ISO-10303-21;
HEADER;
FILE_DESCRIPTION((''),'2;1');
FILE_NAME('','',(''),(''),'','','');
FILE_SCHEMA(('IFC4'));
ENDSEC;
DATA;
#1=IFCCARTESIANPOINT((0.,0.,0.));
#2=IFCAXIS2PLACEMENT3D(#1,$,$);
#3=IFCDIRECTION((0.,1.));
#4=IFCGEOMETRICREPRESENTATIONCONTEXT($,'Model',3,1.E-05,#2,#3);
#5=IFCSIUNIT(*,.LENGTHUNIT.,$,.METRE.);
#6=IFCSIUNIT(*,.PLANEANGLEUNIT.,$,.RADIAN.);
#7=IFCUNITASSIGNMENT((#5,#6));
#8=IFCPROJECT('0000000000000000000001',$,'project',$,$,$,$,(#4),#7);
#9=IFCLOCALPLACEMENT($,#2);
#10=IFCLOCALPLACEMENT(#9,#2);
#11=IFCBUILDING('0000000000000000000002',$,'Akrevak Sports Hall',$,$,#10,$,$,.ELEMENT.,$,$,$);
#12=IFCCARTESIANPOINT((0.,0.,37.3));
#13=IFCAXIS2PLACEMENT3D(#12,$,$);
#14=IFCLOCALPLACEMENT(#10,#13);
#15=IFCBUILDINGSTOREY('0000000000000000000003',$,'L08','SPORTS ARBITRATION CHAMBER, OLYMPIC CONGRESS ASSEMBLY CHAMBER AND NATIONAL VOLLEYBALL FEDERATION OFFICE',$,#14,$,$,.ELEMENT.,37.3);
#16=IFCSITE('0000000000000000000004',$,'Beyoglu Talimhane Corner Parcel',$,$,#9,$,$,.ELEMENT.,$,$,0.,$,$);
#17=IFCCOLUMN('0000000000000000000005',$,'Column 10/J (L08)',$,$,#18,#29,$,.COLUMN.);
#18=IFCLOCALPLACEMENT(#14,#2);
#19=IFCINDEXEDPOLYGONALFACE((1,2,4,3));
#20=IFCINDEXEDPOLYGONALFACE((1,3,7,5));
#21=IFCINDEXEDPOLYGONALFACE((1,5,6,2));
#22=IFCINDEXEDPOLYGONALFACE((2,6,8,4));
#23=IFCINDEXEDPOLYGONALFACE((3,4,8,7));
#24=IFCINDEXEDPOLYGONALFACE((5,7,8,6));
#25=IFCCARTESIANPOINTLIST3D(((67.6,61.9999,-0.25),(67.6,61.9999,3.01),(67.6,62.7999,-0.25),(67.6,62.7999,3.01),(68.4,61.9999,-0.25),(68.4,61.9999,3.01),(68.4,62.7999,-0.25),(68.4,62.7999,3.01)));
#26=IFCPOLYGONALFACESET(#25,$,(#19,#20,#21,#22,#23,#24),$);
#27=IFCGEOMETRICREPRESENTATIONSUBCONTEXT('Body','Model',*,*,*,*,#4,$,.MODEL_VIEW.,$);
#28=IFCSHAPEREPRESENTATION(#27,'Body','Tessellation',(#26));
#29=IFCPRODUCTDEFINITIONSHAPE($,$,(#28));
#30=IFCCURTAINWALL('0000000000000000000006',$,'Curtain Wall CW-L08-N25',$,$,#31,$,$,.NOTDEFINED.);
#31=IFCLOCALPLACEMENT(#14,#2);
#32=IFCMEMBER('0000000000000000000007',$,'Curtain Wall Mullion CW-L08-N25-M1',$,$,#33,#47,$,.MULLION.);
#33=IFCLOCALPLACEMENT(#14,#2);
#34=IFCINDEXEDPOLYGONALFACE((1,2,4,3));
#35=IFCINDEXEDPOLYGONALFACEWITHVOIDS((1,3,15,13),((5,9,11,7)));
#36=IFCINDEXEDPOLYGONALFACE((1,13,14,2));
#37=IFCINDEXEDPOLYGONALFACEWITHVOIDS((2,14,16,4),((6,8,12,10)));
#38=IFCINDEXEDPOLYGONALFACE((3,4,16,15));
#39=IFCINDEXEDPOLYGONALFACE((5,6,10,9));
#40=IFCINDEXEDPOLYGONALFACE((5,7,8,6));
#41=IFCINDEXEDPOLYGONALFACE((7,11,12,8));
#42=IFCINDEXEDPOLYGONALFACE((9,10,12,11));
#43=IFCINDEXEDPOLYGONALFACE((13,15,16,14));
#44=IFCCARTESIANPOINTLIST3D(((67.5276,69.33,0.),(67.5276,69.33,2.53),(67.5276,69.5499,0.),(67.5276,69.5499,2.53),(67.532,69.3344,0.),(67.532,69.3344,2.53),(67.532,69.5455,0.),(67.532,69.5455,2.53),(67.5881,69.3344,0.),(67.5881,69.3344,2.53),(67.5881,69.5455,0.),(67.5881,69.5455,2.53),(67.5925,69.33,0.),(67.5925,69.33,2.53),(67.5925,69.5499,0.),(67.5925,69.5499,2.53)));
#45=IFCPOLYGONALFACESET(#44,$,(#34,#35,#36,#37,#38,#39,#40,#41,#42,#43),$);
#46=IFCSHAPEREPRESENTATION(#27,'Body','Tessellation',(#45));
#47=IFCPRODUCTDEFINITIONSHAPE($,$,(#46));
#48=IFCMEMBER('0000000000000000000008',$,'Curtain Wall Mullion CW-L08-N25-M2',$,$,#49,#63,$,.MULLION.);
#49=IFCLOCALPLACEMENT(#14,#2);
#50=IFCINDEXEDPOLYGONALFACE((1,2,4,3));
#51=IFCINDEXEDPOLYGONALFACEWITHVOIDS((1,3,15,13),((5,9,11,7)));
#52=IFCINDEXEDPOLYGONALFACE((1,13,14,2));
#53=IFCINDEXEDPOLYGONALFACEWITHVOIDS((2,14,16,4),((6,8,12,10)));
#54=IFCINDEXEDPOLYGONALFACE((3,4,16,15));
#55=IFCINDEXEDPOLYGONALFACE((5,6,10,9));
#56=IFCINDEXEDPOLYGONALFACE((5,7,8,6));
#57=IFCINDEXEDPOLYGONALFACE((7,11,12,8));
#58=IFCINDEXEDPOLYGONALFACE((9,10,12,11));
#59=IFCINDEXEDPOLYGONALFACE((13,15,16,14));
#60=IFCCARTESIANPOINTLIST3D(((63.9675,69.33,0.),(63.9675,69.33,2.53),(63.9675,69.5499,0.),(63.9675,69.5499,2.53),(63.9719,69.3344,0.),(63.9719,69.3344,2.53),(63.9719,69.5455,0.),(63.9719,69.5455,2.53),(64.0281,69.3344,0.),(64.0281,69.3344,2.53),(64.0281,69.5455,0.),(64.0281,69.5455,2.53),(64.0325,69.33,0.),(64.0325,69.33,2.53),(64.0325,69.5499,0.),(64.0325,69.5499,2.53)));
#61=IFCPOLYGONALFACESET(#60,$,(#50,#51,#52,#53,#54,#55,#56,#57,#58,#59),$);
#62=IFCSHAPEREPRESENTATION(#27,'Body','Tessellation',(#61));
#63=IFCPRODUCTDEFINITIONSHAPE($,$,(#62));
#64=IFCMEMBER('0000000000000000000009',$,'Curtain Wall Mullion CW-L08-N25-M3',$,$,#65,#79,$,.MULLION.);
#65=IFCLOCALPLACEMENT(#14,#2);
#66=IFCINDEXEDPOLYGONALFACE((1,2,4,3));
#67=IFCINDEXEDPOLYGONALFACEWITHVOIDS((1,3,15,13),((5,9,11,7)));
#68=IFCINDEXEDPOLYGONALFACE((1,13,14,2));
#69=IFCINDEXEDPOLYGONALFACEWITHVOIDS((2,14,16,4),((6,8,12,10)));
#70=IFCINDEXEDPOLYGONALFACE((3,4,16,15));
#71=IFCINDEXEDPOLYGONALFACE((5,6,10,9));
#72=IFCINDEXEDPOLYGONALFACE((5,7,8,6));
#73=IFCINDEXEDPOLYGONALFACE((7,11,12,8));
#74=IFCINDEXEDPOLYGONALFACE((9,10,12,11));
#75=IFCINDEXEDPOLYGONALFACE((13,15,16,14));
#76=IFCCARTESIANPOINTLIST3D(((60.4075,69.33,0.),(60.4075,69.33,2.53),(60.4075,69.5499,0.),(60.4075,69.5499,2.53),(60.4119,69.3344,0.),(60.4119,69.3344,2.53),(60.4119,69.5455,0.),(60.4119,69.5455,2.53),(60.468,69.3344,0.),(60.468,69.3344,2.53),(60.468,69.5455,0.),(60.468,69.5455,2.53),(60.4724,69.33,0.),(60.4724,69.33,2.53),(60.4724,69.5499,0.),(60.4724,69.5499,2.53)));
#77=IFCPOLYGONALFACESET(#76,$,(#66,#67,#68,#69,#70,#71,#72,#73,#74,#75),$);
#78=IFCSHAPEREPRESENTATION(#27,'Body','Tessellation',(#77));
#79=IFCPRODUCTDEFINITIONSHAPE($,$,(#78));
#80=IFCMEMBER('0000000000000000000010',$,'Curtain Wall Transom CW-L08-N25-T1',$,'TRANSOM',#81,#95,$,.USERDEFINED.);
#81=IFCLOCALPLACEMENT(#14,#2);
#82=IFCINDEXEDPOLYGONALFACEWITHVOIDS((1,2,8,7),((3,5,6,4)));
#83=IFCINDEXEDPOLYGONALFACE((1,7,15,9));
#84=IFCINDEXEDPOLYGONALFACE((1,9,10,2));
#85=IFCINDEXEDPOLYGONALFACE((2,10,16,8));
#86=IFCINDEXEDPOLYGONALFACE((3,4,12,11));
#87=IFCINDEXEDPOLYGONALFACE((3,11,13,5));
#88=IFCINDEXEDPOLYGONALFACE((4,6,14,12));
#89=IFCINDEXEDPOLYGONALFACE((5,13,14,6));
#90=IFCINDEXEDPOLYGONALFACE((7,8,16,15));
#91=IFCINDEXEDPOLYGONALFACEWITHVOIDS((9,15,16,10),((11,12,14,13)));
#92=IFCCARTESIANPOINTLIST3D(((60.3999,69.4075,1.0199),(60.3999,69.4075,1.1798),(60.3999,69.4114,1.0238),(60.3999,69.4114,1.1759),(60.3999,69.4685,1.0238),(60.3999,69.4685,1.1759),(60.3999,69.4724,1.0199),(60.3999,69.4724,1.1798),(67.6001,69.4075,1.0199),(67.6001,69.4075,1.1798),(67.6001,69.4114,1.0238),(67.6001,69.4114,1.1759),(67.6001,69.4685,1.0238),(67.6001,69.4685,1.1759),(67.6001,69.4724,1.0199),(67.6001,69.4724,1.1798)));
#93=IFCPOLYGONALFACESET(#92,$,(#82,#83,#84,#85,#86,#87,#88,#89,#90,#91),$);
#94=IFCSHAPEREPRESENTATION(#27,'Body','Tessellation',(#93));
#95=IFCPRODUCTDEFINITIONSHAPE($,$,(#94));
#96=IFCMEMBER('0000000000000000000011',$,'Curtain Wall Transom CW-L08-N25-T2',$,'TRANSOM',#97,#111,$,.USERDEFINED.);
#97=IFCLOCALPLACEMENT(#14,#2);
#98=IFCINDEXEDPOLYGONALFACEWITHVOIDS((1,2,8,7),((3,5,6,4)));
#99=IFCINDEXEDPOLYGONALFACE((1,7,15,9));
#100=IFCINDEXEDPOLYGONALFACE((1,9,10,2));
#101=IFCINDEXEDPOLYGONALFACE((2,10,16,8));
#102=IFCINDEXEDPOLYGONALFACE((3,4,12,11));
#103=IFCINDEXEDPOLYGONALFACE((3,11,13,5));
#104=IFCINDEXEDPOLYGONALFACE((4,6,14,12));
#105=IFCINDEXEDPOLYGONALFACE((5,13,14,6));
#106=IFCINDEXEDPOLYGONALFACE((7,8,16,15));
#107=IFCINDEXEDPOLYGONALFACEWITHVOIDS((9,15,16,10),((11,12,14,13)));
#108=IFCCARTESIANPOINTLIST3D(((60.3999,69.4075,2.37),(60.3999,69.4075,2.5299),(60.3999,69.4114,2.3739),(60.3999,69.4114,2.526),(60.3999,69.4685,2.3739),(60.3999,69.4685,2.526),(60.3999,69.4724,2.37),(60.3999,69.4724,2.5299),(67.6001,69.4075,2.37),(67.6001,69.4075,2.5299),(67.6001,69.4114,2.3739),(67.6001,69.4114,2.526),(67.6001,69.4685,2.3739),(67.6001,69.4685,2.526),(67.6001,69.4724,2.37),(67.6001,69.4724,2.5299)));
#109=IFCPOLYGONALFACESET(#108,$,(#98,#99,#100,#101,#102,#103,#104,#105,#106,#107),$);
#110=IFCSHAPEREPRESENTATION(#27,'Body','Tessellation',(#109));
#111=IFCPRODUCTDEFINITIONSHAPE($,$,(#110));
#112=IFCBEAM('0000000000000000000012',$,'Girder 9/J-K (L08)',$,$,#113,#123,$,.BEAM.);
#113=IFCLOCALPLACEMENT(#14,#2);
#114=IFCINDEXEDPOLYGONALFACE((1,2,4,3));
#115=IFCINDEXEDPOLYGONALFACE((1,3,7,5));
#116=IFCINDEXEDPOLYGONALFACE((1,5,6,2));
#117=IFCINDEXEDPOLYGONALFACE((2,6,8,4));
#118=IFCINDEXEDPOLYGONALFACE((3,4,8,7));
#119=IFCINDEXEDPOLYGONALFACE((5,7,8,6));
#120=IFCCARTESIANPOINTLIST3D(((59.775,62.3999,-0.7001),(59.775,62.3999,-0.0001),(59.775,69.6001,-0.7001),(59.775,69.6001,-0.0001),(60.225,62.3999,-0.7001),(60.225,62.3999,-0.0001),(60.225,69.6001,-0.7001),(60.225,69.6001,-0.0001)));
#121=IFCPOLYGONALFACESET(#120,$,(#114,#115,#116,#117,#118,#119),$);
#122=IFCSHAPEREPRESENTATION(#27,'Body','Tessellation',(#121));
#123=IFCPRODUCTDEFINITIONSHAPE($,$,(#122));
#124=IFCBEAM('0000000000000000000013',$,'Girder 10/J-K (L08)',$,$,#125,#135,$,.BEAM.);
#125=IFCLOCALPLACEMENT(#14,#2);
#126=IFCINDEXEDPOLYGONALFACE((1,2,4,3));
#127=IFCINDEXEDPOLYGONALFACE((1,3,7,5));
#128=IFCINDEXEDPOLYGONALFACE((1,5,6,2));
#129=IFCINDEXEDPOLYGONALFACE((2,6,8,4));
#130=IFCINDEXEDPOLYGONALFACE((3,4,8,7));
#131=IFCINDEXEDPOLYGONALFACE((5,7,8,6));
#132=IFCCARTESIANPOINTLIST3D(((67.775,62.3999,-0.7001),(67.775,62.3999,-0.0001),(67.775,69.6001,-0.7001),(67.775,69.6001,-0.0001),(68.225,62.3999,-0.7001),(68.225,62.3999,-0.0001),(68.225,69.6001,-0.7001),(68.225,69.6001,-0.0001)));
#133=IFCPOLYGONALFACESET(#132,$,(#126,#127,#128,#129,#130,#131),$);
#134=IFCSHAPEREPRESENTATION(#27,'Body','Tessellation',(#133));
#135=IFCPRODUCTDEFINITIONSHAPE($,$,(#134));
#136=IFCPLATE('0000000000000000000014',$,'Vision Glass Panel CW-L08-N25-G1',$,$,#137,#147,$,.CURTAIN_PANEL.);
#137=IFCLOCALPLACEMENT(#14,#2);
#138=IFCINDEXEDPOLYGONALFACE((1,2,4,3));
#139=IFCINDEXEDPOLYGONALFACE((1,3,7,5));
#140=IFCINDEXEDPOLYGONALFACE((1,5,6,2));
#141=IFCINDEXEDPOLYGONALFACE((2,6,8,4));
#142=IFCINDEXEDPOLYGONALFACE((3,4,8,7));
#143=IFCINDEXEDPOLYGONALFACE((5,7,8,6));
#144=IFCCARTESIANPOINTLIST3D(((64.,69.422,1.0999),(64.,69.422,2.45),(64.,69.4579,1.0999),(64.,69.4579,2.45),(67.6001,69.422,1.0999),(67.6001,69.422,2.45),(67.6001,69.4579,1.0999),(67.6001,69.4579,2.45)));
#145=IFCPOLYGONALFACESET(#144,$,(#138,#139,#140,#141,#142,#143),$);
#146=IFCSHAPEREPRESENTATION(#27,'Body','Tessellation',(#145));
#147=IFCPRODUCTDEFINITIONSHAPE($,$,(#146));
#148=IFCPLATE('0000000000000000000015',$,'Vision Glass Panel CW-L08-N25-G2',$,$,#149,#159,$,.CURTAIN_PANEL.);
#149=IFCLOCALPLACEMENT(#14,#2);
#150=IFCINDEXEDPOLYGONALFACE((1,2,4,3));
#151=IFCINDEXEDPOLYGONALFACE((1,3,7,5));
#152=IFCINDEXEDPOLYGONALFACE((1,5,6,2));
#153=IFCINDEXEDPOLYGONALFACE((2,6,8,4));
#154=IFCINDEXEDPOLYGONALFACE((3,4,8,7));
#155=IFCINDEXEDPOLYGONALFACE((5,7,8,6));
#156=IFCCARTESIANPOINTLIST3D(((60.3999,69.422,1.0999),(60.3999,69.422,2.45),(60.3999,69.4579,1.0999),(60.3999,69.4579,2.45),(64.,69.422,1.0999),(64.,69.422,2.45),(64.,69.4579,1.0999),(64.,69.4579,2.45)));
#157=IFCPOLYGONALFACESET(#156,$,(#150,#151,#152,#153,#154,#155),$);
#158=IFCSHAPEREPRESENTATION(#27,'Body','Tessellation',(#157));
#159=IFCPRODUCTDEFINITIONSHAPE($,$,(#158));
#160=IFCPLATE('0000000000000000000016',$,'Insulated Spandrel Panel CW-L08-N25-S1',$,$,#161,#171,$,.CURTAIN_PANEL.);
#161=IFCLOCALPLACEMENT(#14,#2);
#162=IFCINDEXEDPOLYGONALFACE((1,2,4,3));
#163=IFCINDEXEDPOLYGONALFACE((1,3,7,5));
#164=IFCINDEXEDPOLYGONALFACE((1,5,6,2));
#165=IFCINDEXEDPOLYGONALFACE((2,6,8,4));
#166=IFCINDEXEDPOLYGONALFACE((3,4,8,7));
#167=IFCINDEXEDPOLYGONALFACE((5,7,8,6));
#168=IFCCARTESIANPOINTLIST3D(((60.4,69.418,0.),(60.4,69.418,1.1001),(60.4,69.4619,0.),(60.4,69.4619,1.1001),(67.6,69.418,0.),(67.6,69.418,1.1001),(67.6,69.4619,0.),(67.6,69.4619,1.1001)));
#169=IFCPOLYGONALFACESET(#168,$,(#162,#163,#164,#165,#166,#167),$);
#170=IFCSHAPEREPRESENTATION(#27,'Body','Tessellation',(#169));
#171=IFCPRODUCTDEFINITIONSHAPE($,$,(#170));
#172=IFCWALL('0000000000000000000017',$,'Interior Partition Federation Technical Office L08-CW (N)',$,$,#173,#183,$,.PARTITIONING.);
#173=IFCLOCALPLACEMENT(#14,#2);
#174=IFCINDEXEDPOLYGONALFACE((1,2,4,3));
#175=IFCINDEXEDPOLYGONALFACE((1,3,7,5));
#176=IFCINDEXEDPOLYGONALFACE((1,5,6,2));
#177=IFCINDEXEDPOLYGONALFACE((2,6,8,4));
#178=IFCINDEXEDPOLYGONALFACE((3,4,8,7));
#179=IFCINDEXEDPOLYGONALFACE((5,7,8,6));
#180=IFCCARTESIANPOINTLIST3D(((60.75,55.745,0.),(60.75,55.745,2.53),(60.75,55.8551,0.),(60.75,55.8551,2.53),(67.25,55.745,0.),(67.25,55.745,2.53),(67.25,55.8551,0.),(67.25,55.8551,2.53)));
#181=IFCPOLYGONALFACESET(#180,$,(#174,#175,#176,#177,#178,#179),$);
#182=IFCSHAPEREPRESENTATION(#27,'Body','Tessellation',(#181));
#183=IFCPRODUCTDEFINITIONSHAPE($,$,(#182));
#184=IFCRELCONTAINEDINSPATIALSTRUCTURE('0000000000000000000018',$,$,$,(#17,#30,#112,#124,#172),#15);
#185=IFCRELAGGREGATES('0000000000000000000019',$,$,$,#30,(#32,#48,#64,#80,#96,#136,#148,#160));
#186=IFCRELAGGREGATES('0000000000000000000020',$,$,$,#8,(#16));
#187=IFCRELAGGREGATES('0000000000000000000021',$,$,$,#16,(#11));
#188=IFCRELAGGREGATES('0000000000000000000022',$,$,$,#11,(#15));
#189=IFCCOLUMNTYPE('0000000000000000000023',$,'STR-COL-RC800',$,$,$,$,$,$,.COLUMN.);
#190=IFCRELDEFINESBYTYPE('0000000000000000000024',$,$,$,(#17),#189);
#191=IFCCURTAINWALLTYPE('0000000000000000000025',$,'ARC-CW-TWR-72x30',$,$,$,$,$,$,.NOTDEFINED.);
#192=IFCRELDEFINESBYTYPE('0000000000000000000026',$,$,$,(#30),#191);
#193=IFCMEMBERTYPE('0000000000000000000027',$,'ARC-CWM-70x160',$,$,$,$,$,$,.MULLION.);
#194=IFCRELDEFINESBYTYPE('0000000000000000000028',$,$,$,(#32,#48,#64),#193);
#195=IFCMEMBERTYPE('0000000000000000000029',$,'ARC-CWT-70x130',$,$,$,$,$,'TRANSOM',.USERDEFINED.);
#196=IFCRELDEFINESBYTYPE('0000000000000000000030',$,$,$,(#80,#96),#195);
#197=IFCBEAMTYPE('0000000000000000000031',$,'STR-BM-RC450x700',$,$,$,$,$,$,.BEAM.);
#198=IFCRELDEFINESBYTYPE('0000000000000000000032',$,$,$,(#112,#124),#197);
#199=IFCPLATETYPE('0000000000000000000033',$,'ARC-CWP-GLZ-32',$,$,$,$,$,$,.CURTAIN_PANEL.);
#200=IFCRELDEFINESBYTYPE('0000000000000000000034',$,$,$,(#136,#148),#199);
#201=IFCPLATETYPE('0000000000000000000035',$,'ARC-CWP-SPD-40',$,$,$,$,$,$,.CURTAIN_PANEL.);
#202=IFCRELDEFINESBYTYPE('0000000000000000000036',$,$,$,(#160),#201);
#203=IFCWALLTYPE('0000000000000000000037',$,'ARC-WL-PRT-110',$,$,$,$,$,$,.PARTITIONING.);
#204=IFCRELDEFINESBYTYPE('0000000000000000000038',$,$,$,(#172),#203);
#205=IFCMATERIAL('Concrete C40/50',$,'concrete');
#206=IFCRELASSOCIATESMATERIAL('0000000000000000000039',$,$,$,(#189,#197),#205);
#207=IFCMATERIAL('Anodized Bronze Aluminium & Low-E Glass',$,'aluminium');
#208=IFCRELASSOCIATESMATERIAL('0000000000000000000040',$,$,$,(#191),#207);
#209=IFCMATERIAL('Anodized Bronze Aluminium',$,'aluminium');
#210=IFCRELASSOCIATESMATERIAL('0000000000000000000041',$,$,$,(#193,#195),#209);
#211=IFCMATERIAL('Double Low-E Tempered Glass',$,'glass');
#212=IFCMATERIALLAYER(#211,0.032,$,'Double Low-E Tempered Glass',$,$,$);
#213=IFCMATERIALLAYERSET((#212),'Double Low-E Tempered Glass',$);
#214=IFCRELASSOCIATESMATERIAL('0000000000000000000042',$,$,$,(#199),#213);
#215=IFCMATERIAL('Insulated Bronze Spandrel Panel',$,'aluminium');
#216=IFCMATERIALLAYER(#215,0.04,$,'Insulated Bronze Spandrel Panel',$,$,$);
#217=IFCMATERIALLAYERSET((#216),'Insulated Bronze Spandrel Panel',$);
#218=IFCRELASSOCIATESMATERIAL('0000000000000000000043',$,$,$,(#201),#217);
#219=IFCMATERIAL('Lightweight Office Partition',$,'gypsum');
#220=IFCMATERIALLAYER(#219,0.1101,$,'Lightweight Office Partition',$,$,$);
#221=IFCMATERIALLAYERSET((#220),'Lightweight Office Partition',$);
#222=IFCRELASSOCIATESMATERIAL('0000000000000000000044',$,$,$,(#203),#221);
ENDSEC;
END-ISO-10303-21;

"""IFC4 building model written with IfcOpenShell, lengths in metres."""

from ifc_helpers import new_model, si_unit, direction, frame, frame_2d, origin, origin_2d, place, context, subcontext, project, spatial, rectangle, hollow_rectangle, extrude, material, layer, layer_set, material_profile, profile_set, type_object, element, aggregate, save


model = new_model("IFC4")

# Units and contexts
model_context = context("Model", 3, precision=1e-05, world=origin(), true_north=direction((0.0, 1.0)))
body_context = subcontext(model_context, "Body", "Model", "MODEL_VIEW")
ifc_project = project(units=[si_unit("LENGTHUNIT", "METRE"), si_unit("PLANEANGLEUNIT", "RADIAN")], contexts=[model_context])

# Site, building, storey
site_placement = place(None, origin())
site = spatial("IfcSite", under=ifc_project, at=site_placement, Name="Beyoglu Talimhane Corner Parcel", CompositionType="ELEMENT", RefElevation=0.0)
building_placement = place(site_placement, origin())
building = spatial("IfcBuilding", under=site, at=building_placement, Name="Akrevak Sports Hall", CompositionType="ELEMENT")
storey_placement = place(building_placement, frame((0.0, 0.0, 37.3)))
storey = spatial("IfcBuildingStorey", under=building, at=storey_placement, Name="L08", Description="SPORTS ARBITRATION CHAMBER, OLYMPIC CONGRESS ASSEMBLY CHAMBER AND NATIONAL VOLLEYBALL FEDERATION OFFICE", CompositionType="ELEMENT", Elevation=37.3)

# Column
ifc_material_1 = material(Name="Concrete C40/50", Category="concrete")
ifc_material_profile_1 = material_profile(ifc_material_1, rectangle(XDim=0.8, YDim=0.8, at=origin_2d()), Name="RC 800x800", Category="concrete")
ifc_profile_set_1 = profile_set([ifc_material_profile_1], Name="Concrete C40/50")
column_type = type_object("IfcColumnType", Name="STR-COL-RC800", PredefinedType="COLUMN", material=ifc_profile_set_1)
column_placement = place(storey_placement, frame((68.0, 62.3999, -0.25), z_axis=(0.0, 0.0, 1.0), x_axis=(1.0, 0.0, 0.0)))
element("IfcColumn", 1, at=column_placement, inside=storey, type_object=column_type, Name="Column 10/J (L08)", PredefinedType="COLUMN", context=body_context, shape_type="SweptSolid", body=[
    extrude(rectangle(XDim=0.8, YDim=0.8, at=origin_2d()), origin(), (0.0, 0.0, 1.0), 3.26),
])

# Curtain wall, members
ifc_material_2 = material(Name="Anodized Bronze Aluminium & Low-E Glass", Category="aluminium")
curtain_wall_type = type_object("IfcCurtainWallType", Name="ARC-CW-TWR-72x30", PredefinedType="NOTDEFINED", material=ifc_material_2)
curtain_wall_placement = place(storey_placement, origin())
curtain_wall = element("IfcCurtainWall", 2, at=curtain_wall_placement, inside=storey, type_object=curtain_wall_type, Name="Curtain Wall CW-L08-N25", PredefinedType="NOTDEFINED")
ifc_material_3 = material(Name="Anodized Bronze Aluminium", Category="aluminium")
ifc_material_profile_2 = material_profile(ifc_material_3, hollow_rectangle(XDim=0.0649, YDim=0.22, WallThickness=0.0044, at=origin_2d()), Name="CWM 65x220", Category="aluminium")
ifc_profile_set_2 = profile_set([ifc_material_profile_2], Name="Anodized Bronze Aluminium")
member_type_1 = type_object("IfcMemberType", Name="ARC-CWM-70x160", PredefinedType="MULLION", material=ifc_profile_set_2)
member_1_placement = place(storey_placement, frame((67.5601, 69.4399, 0.0), z_axis=(0.0, 0.0, 1.0), x_axis=(-1.0, 0.0, 0.0)))
member_1 = element("IfcMember", 3, at=member_1_placement, type_object=member_type_1, Name="Curtain Wall Mullion CW-L08-N25-M1", PredefinedType="MULLION", context=body_context, shape_type="SweptSolid", body=[
    extrude(hollow_rectangle(XDim=0.0649, YDim=0.22, WallThickness=0.0044, at=origin_2d()), origin(), (0.0, 0.0, 1.0), 2.53),
])
member_2_placement = place(storey_placement, frame((64.0, 69.4399, 0.0), z_axis=(0.0, 0.0, 1.0), x_axis=(-1.0, 0.0, 0.0)))
member_2 = element("IfcMember", 4, at=member_2_placement, type_object=member_type_1, Name="Curtain Wall Mullion CW-L08-N25-M2", PredefinedType="MULLION", context=body_context, shape_type="SweptSolid", body=[
    extrude(hollow_rectangle(XDim=0.0649, YDim=0.22, WallThickness=0.0044, at=origin_2d()), origin(), (0.0, 0.0, 1.0), 2.53),
])
member_3_placement = place(storey_placement, frame((60.4399, 69.4399, 0.0), z_axis=(0.0, 0.0, 1.0), x_axis=(-1.0, 0.0, 0.0)))
member_3 = element("IfcMember", 5, at=member_3_placement, type_object=member_type_1, Name="Curtain Wall Mullion CW-L08-N25-M3", PredefinedType="MULLION", context=body_context, shape_type="SweptSolid", body=[
    extrude(hollow_rectangle(XDim=0.0649, YDim=0.22, WallThickness=0.0044, at=origin_2d()), origin(), (0.0, 0.0, 1.0), 2.53),
])
ifc_material_profile_3 = material_profile(ifc_material_3, hollow_rectangle(XDim=0.0649, YDim=0.1599, WallThickness=0.0039, at=origin_2d()), Name="CWT 65x160", Category="aluminium")
ifc_profile_set_3 = profile_set([ifc_material_profile_3], Name="Anodized Bronze Aluminium")
member_type_2 = type_object("IfcMemberType", Name="ARC-CWT-70x130", ElementType="TRANSOM", PredefinedType="USERDEFINED", material=ifc_profile_set_3)
member_4_placement = place(storey_placement, frame((67.6001, 69.4399, 1.0999), z_axis=(-1.0, 0.0, 0.0), x_axis=(0.0, -1.0, 0.0)))
member_4 = element("IfcMember", 6, at=member_4_placement, type_object=member_type_2, Name="Curtain Wall Transom CW-L08-N25-T1", ObjectType="TRANSOM", PredefinedType="USERDEFINED", context=body_context, shape_type="SweptSolid", body=[
    extrude(hollow_rectangle(XDim=0.0649, YDim=0.1599, WallThickness=0.0039, at=origin_2d()), origin(), (0.0, 0.0, 1.0), 7.2002),
])
member_5_placement = place(storey_placement, frame((67.6001, 69.4399, 2.45), z_axis=(-1.0, 0.0, 0.0), x_axis=(0.0, -1.0, 0.0)))
member_5 = element("IfcMember", 7, at=member_5_placement, type_object=member_type_2, Name="Curtain Wall Transom CW-L08-N25-T2", ObjectType="TRANSOM", PredefinedType="USERDEFINED", context=body_context, shape_type="SweptSolid", body=[
    extrude(hollow_rectangle(XDim=0.0649, YDim=0.1599, WallThickness=0.0039, at=origin_2d()), origin(), (0.0, 0.0, 1.0), 7.2002),
])

# Beams
ifc_material_profile_4 = material_profile(ifc_material_1, rectangle(XDim=0.45, YDim=0.7, at=origin_2d()), Name="BM 450x700", Category="concrete")
ifc_profile_set_4 = profile_set([ifc_material_profile_4], Name="Concrete C40/50")
beam_type = type_object("IfcBeamType", Name="STR-BM-RC450x700", PredefinedType="BEAM", material=ifc_profile_set_4)
for number, where, z_axis, x_axis, name in (
    (8, (60.0, 62.3999, -0.3501), (0.0, 1.0, 0.0), (-1.0, 0.0, 0.0), "Girder 9/J-K (L08)"),
    (9, (68.0, 62.3999, -0.3501), (0.0, 1.0, 0.0), (-1.0, 0.0, 0.0), "Girder 10/J-K (L08)"),
):
    element("IfcBeam", number, at=place(storey_placement, frame(where, z_axis=z_axis, x_axis=x_axis)), inside=storey, type_object=beam_type, Name=name, PredefinedType="BEAM", context=body_context, shape_type="SweptSolid", body=[
        extrude(rectangle(XDim=0.45, YDim=0.7, at=origin_2d()), origin(), (0.0, 0.0, 1.0), 7.2002),
    ])

# Plates
ifc_material_4 = material(Name="Double Low-E Tempered Glass", Category="glass")
ifc_layer_1 = layer(ifc_material_4, 0.032, Name="Double Low-E Tempered Glass")
ifc_layer_set_1 = layer_set([ifc_layer_1], Name="Double Low-E Tempered Glass")
plate_type_1 = type_object("IfcPlateType", Name="ARC-CWP-GLZ-32", PredefinedType="CURTAIN_PANEL", material=ifc_layer_set_1)
plate_1_placement = place(storey_placement, frame((65.8, 69.4399, 1.0999), z_axis=(0.0, 0.0, 1.0), x_axis=(-1.0, 0.0, 0.0)))
plate_1 = element("IfcPlate", 10, at=plate_1_placement, type_object=plate_type_1, Name="Vision Glass Panel CW-L08-N25-G1", PredefinedType="CURTAIN_PANEL", context=body_context, shape_type="SweptSolid", body=[
    extrude(rectangle(XDim=3.6001, YDim=0.0359, at=origin_2d()), origin(), (0.0, 0.0, 1.0), 1.3501),
])
plate_2_placement = place(storey_placement, frame((62.2, 69.4399, 1.0999), z_axis=(0.0, 0.0, 1.0), x_axis=(-1.0, 0.0, 0.0)))
plate_2 = element("IfcPlate", 11, at=plate_2_placement, type_object=plate_type_1, Name="Vision Glass Panel CW-L08-N25-G2", PredefinedType="CURTAIN_PANEL", context=body_context, shape_type="SweptSolid", body=[
    extrude(rectangle(XDim=3.6001, YDim=0.0359, at=origin_2d()), origin(), (0.0, 0.0, 1.0), 1.3501),
])
ifc_material_5 = material(Name="Insulated Bronze Spandrel Panel", Category="aluminium")
ifc_layer_2 = layer(ifc_material_5, 0.04, Name="Insulated Bronze Spandrel Panel")
ifc_layer_set_2 = layer_set([ifc_layer_2], Name="Insulated Bronze Spandrel Panel")
plate_type_2 = type_object("IfcPlateType", Name="ARC-CWP-SPD-40", PredefinedType="CURTAIN_PANEL", material=ifc_layer_set_2)
plate_3_placement = place(storey_placement, frame((64.0, 69.4399, 0.0), z_axis=(0.0, 0.0, 1.0), x_axis=(-1.0, 0.0, 0.0)))
plate_3 = element("IfcPlate", 12, at=plate_3_placement, type_object=plate_type_2, Name="Insulated Spandrel Panel CW-L08-N25-S1", PredefinedType="CURTAIN_PANEL", context=body_context, shape_type="SweptSolid", body=[
    extrude(rectangle(XDim=7.2, YDim=0.0439, at=origin_2d()), origin(), (0.0, 0.0, 1.0), 1.1001),
])
aggregate(curtain_wall, [member_1, member_2, member_3, member_4, member_5, plate_1, plate_2, plate_3])

# Wall
ifc_material_6 = material(Name="Lightweight Office Partition", Category="gypsum")
ifc_layer_3 = layer(ifc_material_6, 0.1101, Name="Lightweight Office Partition")
ifc_layer_set_3 = layer_set([ifc_layer_3], Name="Lightweight Office Partition")
wall_type_1 = type_object("IfcWallType", Name="ARC-WL-PRT-110", PredefinedType="PARTITIONING", material=ifc_layer_set_3)
wall_1_placement = place(storey_placement, frame((60.75, 55.8, 0.0), z_axis=(0.0, 0.0, 1.0), x_axis=(1.0, 0.0, 0.0)))
element("IfcWall", 13, at=wall_1_placement, inside=storey, type_object=wall_type_1, Name="Interior Partition Federation Technical Office L08-CW (N)", PredefinedType="PARTITIONING", context=body_context, shape_type="SweptSolid", body=[
    extrude(rectangle(XDim=6.5, YDim=0.1101, at=frame_2d((3.25, 0.0))), origin(), (0.0, 0.0, 1.0), 2.53),
])

save(model, "model.ifc")
